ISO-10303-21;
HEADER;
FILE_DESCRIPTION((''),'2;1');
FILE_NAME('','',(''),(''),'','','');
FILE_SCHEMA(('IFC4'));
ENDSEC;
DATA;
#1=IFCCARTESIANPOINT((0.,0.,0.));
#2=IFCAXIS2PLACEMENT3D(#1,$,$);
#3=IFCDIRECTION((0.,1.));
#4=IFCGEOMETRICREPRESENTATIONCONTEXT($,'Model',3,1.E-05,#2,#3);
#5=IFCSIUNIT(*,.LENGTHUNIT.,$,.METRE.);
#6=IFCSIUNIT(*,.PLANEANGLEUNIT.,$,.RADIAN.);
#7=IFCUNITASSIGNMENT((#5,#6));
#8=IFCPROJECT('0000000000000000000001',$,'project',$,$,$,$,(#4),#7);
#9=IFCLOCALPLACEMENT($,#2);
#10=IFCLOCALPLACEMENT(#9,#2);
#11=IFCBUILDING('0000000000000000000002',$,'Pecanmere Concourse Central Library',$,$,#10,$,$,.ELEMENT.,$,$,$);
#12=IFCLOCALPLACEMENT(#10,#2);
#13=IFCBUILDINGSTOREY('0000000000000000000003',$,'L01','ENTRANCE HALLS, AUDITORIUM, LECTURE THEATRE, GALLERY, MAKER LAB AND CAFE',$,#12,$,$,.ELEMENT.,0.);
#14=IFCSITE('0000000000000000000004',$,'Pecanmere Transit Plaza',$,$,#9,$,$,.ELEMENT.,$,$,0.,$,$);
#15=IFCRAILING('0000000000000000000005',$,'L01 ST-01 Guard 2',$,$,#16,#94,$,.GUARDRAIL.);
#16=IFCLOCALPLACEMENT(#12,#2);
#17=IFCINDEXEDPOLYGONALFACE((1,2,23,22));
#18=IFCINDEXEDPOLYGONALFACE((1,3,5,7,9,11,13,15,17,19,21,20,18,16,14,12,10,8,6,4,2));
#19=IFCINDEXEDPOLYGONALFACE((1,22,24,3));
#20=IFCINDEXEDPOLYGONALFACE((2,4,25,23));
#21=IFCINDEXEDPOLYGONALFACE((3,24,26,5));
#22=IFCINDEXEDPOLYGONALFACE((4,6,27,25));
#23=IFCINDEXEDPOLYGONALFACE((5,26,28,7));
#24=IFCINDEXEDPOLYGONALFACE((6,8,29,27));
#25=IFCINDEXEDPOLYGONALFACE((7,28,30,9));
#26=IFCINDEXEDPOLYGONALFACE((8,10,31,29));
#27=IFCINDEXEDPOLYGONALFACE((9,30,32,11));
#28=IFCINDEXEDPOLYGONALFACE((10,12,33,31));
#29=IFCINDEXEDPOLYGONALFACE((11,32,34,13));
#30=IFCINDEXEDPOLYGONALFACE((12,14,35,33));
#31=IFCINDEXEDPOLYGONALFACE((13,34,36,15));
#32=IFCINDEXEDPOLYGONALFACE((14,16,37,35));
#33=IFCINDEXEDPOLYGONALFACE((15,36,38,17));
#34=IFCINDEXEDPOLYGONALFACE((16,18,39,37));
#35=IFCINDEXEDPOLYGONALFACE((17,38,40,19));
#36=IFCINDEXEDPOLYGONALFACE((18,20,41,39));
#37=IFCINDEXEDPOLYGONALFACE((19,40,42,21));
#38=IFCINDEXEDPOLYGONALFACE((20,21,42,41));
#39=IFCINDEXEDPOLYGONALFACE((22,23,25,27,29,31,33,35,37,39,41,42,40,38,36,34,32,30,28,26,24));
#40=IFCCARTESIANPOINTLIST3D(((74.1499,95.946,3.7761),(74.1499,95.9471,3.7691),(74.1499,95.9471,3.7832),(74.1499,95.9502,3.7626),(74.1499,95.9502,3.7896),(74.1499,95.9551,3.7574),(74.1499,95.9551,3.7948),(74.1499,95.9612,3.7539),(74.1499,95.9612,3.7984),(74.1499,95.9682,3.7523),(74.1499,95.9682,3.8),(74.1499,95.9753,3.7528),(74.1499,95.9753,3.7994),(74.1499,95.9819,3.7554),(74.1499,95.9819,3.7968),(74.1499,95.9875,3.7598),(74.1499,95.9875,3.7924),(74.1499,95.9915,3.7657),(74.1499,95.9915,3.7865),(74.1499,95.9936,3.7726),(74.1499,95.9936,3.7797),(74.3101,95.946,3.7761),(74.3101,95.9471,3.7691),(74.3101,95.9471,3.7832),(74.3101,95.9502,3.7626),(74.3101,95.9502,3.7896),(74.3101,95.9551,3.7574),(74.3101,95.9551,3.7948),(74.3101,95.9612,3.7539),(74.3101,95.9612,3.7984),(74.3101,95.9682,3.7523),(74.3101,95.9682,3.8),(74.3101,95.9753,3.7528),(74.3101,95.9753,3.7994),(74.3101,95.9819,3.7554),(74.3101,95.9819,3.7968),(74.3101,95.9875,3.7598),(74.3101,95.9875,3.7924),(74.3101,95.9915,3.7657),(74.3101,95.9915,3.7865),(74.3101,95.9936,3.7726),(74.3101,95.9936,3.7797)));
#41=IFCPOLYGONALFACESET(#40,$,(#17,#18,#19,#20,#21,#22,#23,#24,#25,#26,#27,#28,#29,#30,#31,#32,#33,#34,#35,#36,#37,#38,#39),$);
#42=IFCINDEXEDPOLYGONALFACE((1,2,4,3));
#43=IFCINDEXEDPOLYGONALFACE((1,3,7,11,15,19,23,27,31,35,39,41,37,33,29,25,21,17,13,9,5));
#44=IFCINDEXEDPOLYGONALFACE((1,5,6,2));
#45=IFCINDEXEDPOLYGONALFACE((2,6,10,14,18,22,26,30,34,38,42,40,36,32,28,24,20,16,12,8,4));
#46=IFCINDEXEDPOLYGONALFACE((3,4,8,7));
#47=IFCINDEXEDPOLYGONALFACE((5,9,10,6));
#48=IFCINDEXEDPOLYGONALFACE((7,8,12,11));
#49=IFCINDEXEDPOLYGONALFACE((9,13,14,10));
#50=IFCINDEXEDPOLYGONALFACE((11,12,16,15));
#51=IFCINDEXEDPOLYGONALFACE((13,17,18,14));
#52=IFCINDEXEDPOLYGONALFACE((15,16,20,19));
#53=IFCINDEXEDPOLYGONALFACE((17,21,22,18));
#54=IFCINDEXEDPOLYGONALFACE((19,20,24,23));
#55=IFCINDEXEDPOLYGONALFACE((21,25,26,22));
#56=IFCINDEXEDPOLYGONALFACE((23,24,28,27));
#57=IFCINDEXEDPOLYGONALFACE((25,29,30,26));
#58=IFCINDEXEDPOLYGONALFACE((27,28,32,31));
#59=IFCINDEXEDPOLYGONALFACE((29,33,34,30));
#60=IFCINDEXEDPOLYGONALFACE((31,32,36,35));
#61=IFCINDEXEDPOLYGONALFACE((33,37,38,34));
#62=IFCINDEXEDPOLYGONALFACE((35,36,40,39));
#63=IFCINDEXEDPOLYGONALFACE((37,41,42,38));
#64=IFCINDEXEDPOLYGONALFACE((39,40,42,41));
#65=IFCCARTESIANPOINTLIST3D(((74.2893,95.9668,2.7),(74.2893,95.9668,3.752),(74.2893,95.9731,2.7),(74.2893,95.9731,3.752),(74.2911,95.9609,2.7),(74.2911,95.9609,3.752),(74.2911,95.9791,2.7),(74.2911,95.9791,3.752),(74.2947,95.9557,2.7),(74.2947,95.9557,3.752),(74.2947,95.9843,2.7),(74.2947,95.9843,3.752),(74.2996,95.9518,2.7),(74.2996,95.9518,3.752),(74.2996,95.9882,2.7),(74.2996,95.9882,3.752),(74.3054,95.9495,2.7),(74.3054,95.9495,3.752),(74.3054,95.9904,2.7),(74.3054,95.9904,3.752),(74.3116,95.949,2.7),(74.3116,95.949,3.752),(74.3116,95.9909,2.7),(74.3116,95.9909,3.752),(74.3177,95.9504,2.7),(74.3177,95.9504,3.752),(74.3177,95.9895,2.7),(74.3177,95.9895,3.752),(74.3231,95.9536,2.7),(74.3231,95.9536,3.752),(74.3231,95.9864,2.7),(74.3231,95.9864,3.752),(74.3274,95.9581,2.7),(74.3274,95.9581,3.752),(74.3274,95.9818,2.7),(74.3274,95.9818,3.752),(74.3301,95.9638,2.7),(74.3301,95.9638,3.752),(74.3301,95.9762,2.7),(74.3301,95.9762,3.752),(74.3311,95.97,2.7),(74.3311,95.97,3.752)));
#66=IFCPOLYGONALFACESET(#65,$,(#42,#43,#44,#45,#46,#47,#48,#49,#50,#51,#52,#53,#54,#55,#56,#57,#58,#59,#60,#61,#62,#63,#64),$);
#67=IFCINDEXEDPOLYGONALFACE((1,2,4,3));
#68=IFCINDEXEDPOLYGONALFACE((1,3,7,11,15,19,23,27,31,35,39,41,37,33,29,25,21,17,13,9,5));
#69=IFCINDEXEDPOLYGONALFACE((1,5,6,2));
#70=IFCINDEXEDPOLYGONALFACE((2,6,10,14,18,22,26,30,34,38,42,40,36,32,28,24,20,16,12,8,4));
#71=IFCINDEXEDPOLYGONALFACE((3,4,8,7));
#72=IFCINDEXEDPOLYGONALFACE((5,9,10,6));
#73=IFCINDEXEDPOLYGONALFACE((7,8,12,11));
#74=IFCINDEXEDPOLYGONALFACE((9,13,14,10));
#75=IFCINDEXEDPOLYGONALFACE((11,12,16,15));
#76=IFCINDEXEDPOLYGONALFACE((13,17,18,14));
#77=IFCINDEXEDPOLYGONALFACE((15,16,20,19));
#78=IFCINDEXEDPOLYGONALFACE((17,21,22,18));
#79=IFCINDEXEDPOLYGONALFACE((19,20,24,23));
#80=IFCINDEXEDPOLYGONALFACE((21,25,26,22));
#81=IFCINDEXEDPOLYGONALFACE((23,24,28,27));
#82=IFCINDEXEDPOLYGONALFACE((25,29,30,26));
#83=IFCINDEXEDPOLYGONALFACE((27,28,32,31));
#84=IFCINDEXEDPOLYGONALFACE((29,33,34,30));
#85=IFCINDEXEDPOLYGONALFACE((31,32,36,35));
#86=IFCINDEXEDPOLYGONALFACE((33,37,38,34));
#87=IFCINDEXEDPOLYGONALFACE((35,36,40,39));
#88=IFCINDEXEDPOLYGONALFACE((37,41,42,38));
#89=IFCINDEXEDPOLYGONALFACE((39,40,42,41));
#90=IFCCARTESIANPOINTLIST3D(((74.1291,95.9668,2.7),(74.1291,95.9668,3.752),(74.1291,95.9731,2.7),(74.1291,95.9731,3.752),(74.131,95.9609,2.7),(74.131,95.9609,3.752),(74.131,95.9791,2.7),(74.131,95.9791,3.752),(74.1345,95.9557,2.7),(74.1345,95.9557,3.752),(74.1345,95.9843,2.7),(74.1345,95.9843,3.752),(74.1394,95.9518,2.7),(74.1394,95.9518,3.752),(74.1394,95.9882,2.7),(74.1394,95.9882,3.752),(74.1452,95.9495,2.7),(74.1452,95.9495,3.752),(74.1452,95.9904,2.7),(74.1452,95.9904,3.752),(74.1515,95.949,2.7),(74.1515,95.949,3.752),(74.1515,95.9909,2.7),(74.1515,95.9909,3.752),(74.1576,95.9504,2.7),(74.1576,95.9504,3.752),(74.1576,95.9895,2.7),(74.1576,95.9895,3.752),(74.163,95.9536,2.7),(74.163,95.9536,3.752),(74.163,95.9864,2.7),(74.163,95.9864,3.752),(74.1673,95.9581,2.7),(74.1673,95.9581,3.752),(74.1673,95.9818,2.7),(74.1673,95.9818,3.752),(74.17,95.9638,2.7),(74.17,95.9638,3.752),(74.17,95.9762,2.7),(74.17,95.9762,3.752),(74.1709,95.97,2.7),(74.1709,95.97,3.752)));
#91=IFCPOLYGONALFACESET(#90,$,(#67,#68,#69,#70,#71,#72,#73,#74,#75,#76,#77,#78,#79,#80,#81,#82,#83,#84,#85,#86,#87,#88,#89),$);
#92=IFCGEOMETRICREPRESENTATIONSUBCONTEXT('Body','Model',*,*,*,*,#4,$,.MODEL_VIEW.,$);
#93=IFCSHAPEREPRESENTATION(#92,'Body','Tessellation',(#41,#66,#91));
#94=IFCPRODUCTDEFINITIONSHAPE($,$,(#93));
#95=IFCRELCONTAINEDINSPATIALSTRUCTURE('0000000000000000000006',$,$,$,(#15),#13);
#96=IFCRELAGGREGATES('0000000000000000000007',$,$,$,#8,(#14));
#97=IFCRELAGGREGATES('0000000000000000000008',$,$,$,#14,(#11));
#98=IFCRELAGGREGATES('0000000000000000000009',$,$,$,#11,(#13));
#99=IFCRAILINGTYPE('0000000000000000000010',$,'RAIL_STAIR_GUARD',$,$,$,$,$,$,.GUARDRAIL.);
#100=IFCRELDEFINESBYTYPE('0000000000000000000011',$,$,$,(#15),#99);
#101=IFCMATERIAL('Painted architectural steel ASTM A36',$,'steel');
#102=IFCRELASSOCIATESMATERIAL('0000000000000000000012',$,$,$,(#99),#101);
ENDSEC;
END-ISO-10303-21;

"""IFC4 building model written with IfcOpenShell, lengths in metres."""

from ifc_helpers import new_model, si_unit, direction, frame, origin, origin_2d, place, context, subcontext, project, spatial, circle, extrude, material, type_object, element, save


model = new_model("IFC4")

# Units and contexts
model_context = context("Model", 3, precision=1e-05, world=origin(), true_north=direction((0.0, 1.0)))
body_context = subcontext(model_context, "Body", "Model", "MODEL_VIEW")
ifc_project = project(units=[si_unit("LENGTHUNIT", "METRE"), si_unit("PLANEANGLEUNIT", "RADIAN")], contexts=[model_context])

# Site, building, storey
site_placement = place(None, origin())
site = spatial("IfcSite", under=ifc_project, at=site_placement, Name="Pecanmere Transit Plaza", CompositionType="ELEMENT", RefElevation=0.0)
building_placement = place(site_placement, origin())
building = spatial("IfcBuilding", under=site, at=building_placement, Name="Pecanmere Concourse Central Library", CompositionType="ELEMENT")
storey_placement = place(building_placement, origin())
storey = spatial("IfcBuildingStorey", under=building, at=storey_placement, Name="L01", Description="ENTRANCE HALLS, AUDITORIUM, LECTURE THEATRE, GALLERY, MAKER LAB AND CAFE", CompositionType="ELEMENT", Elevation=0.0)

# Railing
ifc_material_1 = material(Name="Painted architectural steel ASTM A36", Category="steel")
railing_type_1 = type_object("IfcRailingType", Name="RAIL_STAIR_GUARD", PredefinedType="GUARDRAIL", material=ifc_material_1)
railing_1_placement = place(storey_placement, frame((74.3101, 95.97, 2.7)))
element("IfcRailing", 1, at=railing_1_placement, inside=storey, type_object=railing_type_1, Name="L01 ST-01 Guard 2", PredefinedType="GUARDRAIL", context=body_context, shape_type="SweptSolid", body=[
    extrude(circle(Radius=0.0239, at=origin_2d()), frame((0.0, 0.0, 1.0762), z_axis=(-1.0, 0.0, 0.0), x_axis=(0.0, -1.0, 0.0)), (0.0, 0.0, 1.0), 0.1602),
    extrude(circle(Radius=0.021, at=origin_2d()), origin(), (0.0, 0.0, 1.0), 1.052),
    extrude(circle(Radius=0.021, at=origin_2d()), frame((-0.1602, 0.0, 0.0)), (0.0, 0.0, 1.0), 1.052),
])

save(model, "model.ifc")
